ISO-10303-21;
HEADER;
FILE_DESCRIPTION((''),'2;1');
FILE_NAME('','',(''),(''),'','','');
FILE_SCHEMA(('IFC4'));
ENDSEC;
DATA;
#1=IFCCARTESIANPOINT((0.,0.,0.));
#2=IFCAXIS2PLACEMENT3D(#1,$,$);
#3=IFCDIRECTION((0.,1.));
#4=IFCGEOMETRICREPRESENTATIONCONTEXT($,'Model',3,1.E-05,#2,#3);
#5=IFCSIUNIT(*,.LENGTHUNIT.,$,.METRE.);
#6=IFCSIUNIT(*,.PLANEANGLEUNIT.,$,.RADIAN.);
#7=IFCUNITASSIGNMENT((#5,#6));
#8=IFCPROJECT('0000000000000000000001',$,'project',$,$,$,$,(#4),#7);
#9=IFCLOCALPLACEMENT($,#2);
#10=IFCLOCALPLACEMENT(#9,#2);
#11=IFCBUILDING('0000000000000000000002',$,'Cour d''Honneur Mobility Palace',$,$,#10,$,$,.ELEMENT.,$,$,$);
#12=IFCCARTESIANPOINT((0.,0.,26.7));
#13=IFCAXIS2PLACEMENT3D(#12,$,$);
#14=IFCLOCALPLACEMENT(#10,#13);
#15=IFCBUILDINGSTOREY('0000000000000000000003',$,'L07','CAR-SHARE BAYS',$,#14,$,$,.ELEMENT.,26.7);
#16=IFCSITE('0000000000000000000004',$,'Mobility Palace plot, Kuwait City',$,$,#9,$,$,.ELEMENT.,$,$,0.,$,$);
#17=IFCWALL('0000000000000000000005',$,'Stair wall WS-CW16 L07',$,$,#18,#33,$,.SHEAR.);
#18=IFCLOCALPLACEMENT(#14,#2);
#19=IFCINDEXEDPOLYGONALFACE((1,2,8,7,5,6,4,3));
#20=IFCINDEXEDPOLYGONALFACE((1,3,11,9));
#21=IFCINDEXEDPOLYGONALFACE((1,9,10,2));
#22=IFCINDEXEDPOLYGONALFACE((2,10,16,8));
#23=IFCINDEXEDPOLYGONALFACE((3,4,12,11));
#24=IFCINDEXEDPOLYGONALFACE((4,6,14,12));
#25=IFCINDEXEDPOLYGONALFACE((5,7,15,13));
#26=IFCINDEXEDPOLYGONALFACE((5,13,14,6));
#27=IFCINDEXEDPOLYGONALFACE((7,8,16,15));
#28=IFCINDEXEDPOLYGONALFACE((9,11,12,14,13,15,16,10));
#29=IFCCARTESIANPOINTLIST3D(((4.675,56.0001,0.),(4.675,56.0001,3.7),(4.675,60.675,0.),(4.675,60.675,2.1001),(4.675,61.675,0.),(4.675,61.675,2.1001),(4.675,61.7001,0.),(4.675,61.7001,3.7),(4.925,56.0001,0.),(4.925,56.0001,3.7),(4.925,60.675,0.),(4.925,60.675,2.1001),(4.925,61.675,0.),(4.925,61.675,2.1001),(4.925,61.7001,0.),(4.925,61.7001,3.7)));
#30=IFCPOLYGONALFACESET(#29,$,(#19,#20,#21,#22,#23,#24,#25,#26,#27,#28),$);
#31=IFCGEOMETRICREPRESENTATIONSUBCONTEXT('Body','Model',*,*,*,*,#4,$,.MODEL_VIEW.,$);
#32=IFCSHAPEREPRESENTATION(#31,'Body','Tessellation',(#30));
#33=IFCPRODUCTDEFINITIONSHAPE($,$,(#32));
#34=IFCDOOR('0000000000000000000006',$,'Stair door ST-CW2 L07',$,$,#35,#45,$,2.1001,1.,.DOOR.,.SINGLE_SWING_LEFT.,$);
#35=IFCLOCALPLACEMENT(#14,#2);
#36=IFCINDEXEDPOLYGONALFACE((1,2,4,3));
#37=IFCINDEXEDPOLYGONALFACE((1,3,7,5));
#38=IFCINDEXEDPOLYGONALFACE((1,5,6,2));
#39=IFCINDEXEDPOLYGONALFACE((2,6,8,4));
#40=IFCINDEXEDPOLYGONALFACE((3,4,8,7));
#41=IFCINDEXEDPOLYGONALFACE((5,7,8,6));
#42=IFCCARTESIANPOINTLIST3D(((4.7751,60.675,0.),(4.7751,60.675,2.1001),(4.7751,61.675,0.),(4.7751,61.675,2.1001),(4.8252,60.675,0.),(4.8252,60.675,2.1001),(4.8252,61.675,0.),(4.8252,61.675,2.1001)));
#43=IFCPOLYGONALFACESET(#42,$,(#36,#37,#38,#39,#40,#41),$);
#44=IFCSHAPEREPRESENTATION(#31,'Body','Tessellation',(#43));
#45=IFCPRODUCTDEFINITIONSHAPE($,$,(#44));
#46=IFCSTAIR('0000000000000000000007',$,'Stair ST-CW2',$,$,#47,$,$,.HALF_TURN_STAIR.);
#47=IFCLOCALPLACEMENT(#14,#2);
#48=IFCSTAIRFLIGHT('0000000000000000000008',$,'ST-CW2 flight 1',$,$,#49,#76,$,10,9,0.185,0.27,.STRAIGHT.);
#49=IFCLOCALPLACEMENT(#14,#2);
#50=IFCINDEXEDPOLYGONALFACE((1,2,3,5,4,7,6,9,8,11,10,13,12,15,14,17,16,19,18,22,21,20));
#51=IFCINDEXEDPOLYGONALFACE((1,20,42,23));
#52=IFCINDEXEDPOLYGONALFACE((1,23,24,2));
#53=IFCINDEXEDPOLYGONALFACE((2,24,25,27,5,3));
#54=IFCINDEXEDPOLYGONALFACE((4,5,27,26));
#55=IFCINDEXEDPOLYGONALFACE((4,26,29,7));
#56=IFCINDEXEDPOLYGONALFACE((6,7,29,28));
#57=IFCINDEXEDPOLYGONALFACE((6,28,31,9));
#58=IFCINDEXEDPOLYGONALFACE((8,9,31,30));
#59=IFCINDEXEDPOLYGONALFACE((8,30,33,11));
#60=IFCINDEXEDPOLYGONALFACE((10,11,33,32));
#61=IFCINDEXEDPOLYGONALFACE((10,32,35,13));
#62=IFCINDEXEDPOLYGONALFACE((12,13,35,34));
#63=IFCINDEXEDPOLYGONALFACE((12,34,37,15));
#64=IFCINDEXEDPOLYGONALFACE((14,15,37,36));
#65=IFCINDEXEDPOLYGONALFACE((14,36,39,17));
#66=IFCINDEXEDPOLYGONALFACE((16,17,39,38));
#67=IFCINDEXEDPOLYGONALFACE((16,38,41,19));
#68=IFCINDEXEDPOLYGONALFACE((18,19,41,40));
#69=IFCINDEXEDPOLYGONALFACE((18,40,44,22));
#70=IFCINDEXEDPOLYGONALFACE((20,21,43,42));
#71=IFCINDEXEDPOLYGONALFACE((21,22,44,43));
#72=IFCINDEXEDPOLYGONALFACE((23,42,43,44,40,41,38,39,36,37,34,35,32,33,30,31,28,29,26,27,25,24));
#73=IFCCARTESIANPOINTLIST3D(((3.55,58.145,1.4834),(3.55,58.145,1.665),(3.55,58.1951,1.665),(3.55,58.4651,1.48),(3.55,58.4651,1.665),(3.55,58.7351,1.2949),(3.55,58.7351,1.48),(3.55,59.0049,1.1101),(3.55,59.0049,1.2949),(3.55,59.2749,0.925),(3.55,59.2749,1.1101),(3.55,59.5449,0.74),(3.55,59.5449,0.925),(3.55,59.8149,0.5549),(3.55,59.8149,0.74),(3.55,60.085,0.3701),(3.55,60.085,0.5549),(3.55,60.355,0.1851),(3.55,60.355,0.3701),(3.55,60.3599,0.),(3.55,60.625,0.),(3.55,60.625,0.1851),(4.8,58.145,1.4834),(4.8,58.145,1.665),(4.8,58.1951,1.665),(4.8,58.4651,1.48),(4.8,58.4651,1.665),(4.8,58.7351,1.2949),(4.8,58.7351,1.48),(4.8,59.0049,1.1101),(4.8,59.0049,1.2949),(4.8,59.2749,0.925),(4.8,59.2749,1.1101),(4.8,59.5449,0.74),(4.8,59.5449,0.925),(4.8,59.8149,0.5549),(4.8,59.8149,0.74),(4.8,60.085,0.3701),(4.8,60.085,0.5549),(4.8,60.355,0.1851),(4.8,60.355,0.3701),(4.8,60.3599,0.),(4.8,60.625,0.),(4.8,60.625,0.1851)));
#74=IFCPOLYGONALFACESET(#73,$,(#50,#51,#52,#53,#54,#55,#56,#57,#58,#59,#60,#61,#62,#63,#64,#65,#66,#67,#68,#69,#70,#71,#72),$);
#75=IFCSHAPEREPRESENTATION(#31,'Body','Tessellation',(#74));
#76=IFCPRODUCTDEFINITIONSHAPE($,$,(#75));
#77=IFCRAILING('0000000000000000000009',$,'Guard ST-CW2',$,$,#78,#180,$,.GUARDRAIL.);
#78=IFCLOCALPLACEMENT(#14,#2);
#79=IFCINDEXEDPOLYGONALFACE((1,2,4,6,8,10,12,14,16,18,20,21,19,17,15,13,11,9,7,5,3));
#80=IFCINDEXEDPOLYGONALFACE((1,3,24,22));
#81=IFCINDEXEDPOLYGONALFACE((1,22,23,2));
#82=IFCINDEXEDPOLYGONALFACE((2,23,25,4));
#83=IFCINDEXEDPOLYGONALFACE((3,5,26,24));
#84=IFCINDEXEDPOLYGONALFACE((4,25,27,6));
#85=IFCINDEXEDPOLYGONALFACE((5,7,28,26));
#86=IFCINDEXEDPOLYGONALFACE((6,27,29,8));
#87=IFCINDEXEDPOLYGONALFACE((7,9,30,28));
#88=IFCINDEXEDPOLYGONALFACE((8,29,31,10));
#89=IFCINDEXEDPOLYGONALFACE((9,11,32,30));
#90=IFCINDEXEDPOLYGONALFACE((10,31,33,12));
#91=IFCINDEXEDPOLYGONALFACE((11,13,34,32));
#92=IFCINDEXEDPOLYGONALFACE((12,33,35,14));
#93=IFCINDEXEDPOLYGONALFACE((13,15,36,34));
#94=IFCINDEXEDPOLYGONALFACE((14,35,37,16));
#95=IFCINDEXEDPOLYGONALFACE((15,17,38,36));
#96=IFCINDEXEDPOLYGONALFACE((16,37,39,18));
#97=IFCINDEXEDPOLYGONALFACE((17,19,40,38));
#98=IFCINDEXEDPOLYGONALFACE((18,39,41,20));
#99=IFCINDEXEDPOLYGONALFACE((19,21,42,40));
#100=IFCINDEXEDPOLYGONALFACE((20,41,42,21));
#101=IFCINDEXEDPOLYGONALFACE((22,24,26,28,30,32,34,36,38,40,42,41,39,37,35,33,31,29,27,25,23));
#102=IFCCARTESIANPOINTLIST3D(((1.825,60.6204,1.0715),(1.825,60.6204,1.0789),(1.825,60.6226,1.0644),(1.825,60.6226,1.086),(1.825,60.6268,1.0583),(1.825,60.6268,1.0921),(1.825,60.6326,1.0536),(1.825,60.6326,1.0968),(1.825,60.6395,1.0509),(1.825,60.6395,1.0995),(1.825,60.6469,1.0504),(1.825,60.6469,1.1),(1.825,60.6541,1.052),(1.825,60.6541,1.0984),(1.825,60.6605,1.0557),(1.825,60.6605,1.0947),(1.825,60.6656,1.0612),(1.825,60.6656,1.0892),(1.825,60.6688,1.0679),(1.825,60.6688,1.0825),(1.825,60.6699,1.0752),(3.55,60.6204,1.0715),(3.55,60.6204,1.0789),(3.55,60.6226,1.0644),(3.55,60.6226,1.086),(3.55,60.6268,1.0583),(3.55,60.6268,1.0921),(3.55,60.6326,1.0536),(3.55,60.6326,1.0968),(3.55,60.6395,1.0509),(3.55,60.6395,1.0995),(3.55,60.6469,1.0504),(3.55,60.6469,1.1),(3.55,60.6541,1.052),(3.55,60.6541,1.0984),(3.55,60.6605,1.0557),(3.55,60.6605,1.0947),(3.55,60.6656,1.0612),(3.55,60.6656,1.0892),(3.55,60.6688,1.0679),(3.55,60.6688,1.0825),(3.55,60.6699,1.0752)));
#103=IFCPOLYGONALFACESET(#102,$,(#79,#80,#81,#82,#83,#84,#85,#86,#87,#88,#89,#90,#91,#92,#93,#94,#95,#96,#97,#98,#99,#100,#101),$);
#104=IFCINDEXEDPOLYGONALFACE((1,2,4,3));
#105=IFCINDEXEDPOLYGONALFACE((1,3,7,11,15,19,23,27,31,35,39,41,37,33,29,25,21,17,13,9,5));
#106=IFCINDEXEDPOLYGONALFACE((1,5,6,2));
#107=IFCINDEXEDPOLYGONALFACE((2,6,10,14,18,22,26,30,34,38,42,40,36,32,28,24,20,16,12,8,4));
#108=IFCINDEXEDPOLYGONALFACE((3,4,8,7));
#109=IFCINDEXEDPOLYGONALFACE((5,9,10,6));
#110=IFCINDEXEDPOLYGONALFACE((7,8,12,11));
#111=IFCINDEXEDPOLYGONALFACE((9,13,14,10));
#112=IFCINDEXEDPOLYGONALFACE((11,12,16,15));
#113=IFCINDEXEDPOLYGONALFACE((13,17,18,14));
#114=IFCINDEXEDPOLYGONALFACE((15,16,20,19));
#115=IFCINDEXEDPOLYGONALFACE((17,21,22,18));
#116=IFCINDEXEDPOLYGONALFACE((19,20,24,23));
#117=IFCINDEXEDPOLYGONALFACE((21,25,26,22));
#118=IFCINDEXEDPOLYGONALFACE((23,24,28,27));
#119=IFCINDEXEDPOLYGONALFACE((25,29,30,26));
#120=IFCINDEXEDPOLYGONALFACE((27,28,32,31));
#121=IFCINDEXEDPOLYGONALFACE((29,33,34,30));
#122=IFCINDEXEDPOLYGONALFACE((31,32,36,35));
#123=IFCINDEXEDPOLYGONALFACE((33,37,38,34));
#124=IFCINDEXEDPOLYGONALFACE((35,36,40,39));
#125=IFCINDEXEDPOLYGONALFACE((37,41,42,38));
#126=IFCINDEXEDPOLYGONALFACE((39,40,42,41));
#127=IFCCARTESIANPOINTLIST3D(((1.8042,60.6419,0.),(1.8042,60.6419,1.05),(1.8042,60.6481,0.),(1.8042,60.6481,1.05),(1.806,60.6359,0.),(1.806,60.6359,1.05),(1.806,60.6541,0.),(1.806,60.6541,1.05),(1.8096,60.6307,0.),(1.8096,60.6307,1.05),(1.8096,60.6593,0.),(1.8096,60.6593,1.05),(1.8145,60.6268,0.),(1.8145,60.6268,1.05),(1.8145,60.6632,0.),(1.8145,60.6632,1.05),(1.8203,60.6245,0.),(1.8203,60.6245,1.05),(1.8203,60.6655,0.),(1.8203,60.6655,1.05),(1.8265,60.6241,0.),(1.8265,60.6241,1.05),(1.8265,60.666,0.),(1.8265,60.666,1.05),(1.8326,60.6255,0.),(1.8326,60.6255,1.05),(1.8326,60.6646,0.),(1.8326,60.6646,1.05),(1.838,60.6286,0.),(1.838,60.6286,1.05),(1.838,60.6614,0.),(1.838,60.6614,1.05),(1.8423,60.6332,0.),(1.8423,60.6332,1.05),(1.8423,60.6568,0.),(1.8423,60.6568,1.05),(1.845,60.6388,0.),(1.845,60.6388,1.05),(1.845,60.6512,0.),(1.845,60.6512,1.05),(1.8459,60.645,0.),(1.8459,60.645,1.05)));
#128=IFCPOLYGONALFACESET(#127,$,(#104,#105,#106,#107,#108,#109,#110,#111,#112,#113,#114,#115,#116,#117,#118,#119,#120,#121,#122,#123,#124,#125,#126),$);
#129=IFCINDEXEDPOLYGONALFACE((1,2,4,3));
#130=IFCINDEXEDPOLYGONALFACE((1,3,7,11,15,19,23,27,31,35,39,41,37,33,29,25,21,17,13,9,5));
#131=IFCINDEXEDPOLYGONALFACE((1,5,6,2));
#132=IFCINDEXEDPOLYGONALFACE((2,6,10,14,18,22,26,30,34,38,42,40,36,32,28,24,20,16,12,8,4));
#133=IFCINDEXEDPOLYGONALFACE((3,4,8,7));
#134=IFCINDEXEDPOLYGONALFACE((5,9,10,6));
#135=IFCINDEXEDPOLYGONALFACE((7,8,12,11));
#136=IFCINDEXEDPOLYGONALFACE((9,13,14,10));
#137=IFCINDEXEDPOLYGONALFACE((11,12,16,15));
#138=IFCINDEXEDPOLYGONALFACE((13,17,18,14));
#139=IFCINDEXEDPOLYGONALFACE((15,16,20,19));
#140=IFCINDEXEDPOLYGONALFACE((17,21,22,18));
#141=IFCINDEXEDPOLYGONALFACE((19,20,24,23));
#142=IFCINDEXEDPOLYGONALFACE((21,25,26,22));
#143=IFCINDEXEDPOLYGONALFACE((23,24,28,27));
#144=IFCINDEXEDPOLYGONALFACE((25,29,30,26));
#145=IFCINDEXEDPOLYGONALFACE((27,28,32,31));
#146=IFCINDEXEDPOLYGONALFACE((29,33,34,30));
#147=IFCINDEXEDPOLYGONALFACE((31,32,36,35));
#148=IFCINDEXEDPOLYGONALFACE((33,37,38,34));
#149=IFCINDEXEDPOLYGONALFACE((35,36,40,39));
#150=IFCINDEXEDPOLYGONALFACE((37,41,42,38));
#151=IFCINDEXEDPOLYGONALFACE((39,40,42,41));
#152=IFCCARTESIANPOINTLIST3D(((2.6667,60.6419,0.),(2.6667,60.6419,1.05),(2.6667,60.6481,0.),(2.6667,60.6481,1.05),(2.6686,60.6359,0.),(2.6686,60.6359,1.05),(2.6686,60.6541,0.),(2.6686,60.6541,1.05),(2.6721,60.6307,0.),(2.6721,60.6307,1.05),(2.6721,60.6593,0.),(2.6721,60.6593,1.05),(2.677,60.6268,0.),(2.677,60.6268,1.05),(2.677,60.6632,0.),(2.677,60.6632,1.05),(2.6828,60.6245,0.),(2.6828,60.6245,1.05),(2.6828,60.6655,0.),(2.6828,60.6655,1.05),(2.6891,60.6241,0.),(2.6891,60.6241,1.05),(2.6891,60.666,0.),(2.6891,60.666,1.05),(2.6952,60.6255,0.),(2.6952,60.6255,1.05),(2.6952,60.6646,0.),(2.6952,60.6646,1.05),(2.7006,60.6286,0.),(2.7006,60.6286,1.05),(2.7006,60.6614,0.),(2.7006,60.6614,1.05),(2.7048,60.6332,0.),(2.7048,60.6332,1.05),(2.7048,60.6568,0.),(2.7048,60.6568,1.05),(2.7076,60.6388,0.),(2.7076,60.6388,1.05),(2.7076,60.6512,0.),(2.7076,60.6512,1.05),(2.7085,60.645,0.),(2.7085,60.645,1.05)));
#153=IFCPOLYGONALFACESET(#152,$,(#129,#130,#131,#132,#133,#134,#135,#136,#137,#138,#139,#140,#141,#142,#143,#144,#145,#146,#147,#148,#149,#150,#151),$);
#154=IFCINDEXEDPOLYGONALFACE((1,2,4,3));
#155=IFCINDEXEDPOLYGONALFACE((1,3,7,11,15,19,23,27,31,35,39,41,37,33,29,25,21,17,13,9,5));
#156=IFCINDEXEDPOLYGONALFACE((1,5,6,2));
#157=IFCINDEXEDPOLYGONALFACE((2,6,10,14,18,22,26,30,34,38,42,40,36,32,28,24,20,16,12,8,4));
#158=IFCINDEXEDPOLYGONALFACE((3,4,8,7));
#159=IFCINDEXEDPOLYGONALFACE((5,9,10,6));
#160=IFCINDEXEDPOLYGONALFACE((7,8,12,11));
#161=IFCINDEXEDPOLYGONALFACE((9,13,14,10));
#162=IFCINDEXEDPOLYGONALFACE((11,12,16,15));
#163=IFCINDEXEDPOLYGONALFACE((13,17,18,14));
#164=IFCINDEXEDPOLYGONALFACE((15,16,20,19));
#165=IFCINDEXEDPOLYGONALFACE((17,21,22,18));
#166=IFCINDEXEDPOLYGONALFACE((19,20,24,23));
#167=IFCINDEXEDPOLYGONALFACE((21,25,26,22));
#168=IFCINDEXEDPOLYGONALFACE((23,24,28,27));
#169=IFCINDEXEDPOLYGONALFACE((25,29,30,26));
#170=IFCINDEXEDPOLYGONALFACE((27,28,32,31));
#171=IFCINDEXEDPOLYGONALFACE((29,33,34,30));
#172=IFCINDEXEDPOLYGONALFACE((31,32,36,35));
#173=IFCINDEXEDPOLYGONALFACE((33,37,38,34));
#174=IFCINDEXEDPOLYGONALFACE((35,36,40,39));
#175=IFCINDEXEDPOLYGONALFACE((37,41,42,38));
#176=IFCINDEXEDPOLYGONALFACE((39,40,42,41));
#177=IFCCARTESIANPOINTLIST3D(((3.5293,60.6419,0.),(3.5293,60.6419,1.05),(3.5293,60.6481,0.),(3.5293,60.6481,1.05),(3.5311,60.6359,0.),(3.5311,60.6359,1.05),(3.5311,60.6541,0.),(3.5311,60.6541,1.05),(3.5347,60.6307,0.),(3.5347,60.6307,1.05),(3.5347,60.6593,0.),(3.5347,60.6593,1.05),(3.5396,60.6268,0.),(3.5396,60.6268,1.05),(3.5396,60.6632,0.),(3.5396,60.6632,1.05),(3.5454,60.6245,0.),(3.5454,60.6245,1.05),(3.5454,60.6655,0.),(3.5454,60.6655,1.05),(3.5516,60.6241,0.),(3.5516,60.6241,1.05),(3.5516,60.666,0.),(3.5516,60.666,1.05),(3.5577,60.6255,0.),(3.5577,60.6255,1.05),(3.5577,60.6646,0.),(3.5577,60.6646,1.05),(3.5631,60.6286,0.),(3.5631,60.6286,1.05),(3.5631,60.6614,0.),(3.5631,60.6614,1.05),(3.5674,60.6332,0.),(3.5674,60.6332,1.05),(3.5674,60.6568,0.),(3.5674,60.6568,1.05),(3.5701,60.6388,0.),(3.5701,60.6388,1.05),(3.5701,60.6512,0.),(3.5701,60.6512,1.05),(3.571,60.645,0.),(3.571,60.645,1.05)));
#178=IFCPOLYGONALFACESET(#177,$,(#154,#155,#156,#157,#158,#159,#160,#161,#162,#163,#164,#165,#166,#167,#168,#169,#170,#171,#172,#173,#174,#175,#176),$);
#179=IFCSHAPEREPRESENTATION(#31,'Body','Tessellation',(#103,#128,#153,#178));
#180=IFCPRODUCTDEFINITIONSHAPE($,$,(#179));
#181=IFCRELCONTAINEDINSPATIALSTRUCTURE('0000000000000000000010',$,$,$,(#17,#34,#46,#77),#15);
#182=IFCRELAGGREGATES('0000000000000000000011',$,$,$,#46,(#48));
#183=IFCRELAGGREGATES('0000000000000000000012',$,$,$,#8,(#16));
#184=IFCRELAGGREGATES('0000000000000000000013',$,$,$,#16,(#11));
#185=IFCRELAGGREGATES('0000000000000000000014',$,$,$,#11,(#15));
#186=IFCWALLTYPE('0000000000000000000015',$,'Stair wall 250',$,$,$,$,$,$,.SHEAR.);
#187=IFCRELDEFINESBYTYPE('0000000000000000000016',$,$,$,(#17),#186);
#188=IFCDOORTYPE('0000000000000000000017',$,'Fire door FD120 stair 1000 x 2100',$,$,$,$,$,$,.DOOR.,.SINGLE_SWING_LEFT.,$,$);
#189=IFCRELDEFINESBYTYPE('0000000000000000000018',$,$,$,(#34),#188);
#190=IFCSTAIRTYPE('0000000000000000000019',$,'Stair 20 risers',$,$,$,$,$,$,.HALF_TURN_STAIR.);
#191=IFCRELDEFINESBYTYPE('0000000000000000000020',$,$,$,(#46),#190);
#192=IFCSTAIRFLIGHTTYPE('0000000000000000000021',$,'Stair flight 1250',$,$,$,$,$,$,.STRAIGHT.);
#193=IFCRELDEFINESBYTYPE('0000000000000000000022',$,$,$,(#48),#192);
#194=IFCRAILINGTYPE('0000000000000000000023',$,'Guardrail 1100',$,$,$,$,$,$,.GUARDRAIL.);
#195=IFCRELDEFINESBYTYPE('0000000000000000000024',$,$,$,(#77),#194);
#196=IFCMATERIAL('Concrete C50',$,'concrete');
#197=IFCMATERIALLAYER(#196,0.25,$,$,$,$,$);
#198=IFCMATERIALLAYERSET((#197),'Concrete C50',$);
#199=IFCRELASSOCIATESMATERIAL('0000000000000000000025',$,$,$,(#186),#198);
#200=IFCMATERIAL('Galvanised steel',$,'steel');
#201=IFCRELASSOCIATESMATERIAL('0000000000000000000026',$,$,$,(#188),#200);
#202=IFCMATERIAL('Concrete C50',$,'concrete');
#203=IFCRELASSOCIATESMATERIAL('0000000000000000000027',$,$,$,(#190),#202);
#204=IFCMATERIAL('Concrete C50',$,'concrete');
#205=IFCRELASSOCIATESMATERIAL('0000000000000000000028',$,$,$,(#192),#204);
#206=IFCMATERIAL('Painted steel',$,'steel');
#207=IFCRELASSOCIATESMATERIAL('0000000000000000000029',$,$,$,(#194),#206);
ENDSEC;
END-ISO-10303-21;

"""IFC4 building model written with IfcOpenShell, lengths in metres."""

from ifc_helpers import new_model, si_unit, direction, frame, frame_2d, origin, origin_2d, place, context, subcontext, project, spatial, polyline, rectangle, circle, outline, extrude, material, layer, layer_set, type_object, element, fill, aggregate, save


model = new_model("IFC4")

# Units and contexts
model_context = context("Model", 3, precision=1e-05, world=origin(), true_north=direction((0.0, 1.0)))
body_context = subcontext(model_context, "Body", "Model", "MODEL_VIEW")
ifc_project = project(units=[si_unit("LENGTHUNIT", "METRE"), si_unit("PLANEANGLEUNIT", "RADIAN")], contexts=[model_context])

# Site, building, storey
site_placement = place(None, origin())
site = spatial("IfcSite", under=ifc_project, at=site_placement, Name="Mobility Palace plot, Kuwait City", CompositionType="ELEMENT", RefElevation=0.0)
building_placement = place(site_placement, origin())
building = spatial("IfcBuilding", under=site, at=building_placement, Name="Cour d'Honneur Mobility Palace", CompositionType="ELEMENT")
storey_placement = place(building_placement, frame((0.0, 0.0, 26.7)))
storey = spatial("IfcBuildingStorey", under=building, at=storey_placement, Name="L07", Description="CAR-SHARE BAYS", CompositionType="ELEMENT", Elevation=26.7)

# Wall, opening, door
ifc_material_1 = material(Name="Concrete C50", Category="concrete")
ifc_layer_1 = layer(ifc_material_1, 0.25)
ifc_layer_set_1 = layer_set([ifc_layer_1], Name="Concrete C50")
wall_type_1 = type_object("IfcWallType", Name="Stair wall 250", PredefinedType="SHEAR", material=ifc_layer_set_1)
wall_1_placement = place(storey_placement, frame((4.8, 56.0, 0.0), z_axis=(0.0, 0.0, 1.0), x_axis=(0.0, 1.0, 0.0)))
wall_1 = element("IfcWall", 1, at=wall_1_placement, inside=storey, type_object=wall_type_1, Name="Stair wall WS-CW16 L07", PredefinedType="SHEAR", context=body_context, shape_type="SweptSolid", body=[
    extrude(rectangle(XDim=5.7, YDim=0.25, at=frame_2d((2.8501, 0.0))), origin(), (0.0, 0.0, 1.0), 3.7),
])
opening_placement = place(wall_1_placement, frame((4.675, 0.0, 0.0)))
opening = element("IfcOpeningElement", 2, at=opening_placement, cuts=wall_1, PredefinedType="OPENING", context=body_context, shape_type="SweptSolid", body=[
    extrude(rectangle(XDim=1.0, YDim=2.1001, at=frame_2d((0.5, 1.05))), frame((0.0, 0.135, 0.0), z_axis=(0.0, -1.0, 0.0), x_axis=(1.0, 0.0, 0.0)), (0.0, 0.0, 1.0), 0.27),
])
ifc_material_2 = material(Name="Galvanised steel", Category="steel")
door_type = type_object("IfcDoorType", Name="Fire door FD120 stair 1000 x 2100", OperationType="SINGLE_SWING_LEFT", PredefinedType="DOOR", material=ifc_material_2)
door_placement = place(opening_placement, origin())
door = element("IfcDoor", 3, at=door_placement, inside=storey, type_object=door_type, Name="Stair door ST-CW2 L07", OperationType="SINGLE_SWING_LEFT", OverallHeight=2.1001, OverallWidth=1.0, PredefinedType="DOOR", context=body_context, shape_type="SweptSolid", body=[
    extrude(rectangle(XDim=1.0, YDim=2.1001, at=frame_2d((0.5, 1.05))), frame((0.0, 0.0249, 0.0), z_axis=(0.0, -1.0, 0.0), x_axis=(1.0, 0.0, 0.0)), (0.0, 0.0, 1.0), 0.05),
])
fill(opening, door)

# Stair, stair flight
ifc_material_3 = material(Name="Concrete C50", Category="concrete")
stair_type = type_object("IfcStairType", Name="Stair 20 risers", PredefinedType="HALF_TURN_STAIR", material=ifc_material_3)
stair_placement = place(storey_placement, origin())
stair = element("IfcStair", 4, at=stair_placement, inside=storey, type_object=stair_type, Name="Stair ST-CW2", PredefinedType="HALF_TURN_STAIR")
ifc_material_4 = material(Name="Concrete C50", Category="concrete")
stair_flight_type = type_object("IfcStairFlightType", Name="Stair flight 1250", PredefinedType="STRAIGHT", material=ifc_material_4)
stair_flight_placement = place(storey_placement, frame((4.175, 60.625, 0.0), z_axis=(0.0, 0.0, 1.0), x_axis=(0.0, -1.0, 0.0)))
stair_flight = element("IfcStairFlight", 5, at=stair_flight_placement, type_object=stair_flight_type, Name="ST-CW2 flight 1", NumberOfRisers=10, NumberOfTreads=9, PredefinedType="STRAIGHT", RiserHeight=0.185, TreadLength=0.27, context=body_context, shape_type="SweptSolid", body=[
    extrude(outline(polyline([(0.0, 0.0), (0.0, 0.1851), (0.27, 0.1851), (0.27, 0.3701), (0.54, 0.3701), (0.54, 0.5549), (0.8101, 0.5549), (0.8101, 0.74), (1.0801, 0.74), (1.0801, 0.925), (1.3501, 0.925), (1.3501, 1.1101), (1.6201, 1.1101), (1.6201, 1.2949), (1.8899, 1.2949), (1.8899, 1.48), (2.1599, 1.48), (2.1599, 1.665), (2.4299, 1.665), (2.48, 1.665), (2.48, 1.4834), (0.2651, 0.0), (0.0, 0.0)])), frame((0.0, 0.625, 0.0), z_axis=(0.0, -1.0, 0.0), x_axis=(1.0, 0.0, 0.0)), (0.0, 0.0, 1.0), 1.25),
])
aggregate(stair, [stair_flight])

# Railing
ifc_material_5 = material(Name="Painted steel", Category="steel")
railing_type_1 = type_object("IfcRailingType", Name="Guardrail 1100", PredefinedType="GUARDRAIL", material=ifc_material_5)
for number, where, name in (
    (6, (1.825, 60.645, 0.0), "Guard ST-CW2"),
):
    element("IfcRailing", number, at=place(storey_placement, frame(where)), inside=storey, type_object=railing_type_1, Name=name, PredefinedType="GUARDRAIL", context=body_context, shape_type="SweptSolid", body=[
        extrude(circle(Radius=0.0249, at=origin_2d()), frame((0.0, 0.0, 1.0752), z_axis=(1.0, 0.0, 0.0), x_axis=(0.0, 1.0, 0.0)), (0.0, 0.0, 1.0), 1.7251),
        extrude(circle(Radius=0.021, at=origin_2d()), origin(), (0.0, 0.0, 1.0), 1.05),
        extrude(circle(Radius=0.021, at=origin_2d()), frame((0.8625, 0.0, 0.0)), (0.0, 0.0, 1.0), 1.05),
        extrude(circle(Radius=0.021, at=origin_2d()), frame((1.7251, 0.0, 0.0)), (0.0, 0.0, 1.0), 1.05),
    ])

save(model, "model.ifc")
